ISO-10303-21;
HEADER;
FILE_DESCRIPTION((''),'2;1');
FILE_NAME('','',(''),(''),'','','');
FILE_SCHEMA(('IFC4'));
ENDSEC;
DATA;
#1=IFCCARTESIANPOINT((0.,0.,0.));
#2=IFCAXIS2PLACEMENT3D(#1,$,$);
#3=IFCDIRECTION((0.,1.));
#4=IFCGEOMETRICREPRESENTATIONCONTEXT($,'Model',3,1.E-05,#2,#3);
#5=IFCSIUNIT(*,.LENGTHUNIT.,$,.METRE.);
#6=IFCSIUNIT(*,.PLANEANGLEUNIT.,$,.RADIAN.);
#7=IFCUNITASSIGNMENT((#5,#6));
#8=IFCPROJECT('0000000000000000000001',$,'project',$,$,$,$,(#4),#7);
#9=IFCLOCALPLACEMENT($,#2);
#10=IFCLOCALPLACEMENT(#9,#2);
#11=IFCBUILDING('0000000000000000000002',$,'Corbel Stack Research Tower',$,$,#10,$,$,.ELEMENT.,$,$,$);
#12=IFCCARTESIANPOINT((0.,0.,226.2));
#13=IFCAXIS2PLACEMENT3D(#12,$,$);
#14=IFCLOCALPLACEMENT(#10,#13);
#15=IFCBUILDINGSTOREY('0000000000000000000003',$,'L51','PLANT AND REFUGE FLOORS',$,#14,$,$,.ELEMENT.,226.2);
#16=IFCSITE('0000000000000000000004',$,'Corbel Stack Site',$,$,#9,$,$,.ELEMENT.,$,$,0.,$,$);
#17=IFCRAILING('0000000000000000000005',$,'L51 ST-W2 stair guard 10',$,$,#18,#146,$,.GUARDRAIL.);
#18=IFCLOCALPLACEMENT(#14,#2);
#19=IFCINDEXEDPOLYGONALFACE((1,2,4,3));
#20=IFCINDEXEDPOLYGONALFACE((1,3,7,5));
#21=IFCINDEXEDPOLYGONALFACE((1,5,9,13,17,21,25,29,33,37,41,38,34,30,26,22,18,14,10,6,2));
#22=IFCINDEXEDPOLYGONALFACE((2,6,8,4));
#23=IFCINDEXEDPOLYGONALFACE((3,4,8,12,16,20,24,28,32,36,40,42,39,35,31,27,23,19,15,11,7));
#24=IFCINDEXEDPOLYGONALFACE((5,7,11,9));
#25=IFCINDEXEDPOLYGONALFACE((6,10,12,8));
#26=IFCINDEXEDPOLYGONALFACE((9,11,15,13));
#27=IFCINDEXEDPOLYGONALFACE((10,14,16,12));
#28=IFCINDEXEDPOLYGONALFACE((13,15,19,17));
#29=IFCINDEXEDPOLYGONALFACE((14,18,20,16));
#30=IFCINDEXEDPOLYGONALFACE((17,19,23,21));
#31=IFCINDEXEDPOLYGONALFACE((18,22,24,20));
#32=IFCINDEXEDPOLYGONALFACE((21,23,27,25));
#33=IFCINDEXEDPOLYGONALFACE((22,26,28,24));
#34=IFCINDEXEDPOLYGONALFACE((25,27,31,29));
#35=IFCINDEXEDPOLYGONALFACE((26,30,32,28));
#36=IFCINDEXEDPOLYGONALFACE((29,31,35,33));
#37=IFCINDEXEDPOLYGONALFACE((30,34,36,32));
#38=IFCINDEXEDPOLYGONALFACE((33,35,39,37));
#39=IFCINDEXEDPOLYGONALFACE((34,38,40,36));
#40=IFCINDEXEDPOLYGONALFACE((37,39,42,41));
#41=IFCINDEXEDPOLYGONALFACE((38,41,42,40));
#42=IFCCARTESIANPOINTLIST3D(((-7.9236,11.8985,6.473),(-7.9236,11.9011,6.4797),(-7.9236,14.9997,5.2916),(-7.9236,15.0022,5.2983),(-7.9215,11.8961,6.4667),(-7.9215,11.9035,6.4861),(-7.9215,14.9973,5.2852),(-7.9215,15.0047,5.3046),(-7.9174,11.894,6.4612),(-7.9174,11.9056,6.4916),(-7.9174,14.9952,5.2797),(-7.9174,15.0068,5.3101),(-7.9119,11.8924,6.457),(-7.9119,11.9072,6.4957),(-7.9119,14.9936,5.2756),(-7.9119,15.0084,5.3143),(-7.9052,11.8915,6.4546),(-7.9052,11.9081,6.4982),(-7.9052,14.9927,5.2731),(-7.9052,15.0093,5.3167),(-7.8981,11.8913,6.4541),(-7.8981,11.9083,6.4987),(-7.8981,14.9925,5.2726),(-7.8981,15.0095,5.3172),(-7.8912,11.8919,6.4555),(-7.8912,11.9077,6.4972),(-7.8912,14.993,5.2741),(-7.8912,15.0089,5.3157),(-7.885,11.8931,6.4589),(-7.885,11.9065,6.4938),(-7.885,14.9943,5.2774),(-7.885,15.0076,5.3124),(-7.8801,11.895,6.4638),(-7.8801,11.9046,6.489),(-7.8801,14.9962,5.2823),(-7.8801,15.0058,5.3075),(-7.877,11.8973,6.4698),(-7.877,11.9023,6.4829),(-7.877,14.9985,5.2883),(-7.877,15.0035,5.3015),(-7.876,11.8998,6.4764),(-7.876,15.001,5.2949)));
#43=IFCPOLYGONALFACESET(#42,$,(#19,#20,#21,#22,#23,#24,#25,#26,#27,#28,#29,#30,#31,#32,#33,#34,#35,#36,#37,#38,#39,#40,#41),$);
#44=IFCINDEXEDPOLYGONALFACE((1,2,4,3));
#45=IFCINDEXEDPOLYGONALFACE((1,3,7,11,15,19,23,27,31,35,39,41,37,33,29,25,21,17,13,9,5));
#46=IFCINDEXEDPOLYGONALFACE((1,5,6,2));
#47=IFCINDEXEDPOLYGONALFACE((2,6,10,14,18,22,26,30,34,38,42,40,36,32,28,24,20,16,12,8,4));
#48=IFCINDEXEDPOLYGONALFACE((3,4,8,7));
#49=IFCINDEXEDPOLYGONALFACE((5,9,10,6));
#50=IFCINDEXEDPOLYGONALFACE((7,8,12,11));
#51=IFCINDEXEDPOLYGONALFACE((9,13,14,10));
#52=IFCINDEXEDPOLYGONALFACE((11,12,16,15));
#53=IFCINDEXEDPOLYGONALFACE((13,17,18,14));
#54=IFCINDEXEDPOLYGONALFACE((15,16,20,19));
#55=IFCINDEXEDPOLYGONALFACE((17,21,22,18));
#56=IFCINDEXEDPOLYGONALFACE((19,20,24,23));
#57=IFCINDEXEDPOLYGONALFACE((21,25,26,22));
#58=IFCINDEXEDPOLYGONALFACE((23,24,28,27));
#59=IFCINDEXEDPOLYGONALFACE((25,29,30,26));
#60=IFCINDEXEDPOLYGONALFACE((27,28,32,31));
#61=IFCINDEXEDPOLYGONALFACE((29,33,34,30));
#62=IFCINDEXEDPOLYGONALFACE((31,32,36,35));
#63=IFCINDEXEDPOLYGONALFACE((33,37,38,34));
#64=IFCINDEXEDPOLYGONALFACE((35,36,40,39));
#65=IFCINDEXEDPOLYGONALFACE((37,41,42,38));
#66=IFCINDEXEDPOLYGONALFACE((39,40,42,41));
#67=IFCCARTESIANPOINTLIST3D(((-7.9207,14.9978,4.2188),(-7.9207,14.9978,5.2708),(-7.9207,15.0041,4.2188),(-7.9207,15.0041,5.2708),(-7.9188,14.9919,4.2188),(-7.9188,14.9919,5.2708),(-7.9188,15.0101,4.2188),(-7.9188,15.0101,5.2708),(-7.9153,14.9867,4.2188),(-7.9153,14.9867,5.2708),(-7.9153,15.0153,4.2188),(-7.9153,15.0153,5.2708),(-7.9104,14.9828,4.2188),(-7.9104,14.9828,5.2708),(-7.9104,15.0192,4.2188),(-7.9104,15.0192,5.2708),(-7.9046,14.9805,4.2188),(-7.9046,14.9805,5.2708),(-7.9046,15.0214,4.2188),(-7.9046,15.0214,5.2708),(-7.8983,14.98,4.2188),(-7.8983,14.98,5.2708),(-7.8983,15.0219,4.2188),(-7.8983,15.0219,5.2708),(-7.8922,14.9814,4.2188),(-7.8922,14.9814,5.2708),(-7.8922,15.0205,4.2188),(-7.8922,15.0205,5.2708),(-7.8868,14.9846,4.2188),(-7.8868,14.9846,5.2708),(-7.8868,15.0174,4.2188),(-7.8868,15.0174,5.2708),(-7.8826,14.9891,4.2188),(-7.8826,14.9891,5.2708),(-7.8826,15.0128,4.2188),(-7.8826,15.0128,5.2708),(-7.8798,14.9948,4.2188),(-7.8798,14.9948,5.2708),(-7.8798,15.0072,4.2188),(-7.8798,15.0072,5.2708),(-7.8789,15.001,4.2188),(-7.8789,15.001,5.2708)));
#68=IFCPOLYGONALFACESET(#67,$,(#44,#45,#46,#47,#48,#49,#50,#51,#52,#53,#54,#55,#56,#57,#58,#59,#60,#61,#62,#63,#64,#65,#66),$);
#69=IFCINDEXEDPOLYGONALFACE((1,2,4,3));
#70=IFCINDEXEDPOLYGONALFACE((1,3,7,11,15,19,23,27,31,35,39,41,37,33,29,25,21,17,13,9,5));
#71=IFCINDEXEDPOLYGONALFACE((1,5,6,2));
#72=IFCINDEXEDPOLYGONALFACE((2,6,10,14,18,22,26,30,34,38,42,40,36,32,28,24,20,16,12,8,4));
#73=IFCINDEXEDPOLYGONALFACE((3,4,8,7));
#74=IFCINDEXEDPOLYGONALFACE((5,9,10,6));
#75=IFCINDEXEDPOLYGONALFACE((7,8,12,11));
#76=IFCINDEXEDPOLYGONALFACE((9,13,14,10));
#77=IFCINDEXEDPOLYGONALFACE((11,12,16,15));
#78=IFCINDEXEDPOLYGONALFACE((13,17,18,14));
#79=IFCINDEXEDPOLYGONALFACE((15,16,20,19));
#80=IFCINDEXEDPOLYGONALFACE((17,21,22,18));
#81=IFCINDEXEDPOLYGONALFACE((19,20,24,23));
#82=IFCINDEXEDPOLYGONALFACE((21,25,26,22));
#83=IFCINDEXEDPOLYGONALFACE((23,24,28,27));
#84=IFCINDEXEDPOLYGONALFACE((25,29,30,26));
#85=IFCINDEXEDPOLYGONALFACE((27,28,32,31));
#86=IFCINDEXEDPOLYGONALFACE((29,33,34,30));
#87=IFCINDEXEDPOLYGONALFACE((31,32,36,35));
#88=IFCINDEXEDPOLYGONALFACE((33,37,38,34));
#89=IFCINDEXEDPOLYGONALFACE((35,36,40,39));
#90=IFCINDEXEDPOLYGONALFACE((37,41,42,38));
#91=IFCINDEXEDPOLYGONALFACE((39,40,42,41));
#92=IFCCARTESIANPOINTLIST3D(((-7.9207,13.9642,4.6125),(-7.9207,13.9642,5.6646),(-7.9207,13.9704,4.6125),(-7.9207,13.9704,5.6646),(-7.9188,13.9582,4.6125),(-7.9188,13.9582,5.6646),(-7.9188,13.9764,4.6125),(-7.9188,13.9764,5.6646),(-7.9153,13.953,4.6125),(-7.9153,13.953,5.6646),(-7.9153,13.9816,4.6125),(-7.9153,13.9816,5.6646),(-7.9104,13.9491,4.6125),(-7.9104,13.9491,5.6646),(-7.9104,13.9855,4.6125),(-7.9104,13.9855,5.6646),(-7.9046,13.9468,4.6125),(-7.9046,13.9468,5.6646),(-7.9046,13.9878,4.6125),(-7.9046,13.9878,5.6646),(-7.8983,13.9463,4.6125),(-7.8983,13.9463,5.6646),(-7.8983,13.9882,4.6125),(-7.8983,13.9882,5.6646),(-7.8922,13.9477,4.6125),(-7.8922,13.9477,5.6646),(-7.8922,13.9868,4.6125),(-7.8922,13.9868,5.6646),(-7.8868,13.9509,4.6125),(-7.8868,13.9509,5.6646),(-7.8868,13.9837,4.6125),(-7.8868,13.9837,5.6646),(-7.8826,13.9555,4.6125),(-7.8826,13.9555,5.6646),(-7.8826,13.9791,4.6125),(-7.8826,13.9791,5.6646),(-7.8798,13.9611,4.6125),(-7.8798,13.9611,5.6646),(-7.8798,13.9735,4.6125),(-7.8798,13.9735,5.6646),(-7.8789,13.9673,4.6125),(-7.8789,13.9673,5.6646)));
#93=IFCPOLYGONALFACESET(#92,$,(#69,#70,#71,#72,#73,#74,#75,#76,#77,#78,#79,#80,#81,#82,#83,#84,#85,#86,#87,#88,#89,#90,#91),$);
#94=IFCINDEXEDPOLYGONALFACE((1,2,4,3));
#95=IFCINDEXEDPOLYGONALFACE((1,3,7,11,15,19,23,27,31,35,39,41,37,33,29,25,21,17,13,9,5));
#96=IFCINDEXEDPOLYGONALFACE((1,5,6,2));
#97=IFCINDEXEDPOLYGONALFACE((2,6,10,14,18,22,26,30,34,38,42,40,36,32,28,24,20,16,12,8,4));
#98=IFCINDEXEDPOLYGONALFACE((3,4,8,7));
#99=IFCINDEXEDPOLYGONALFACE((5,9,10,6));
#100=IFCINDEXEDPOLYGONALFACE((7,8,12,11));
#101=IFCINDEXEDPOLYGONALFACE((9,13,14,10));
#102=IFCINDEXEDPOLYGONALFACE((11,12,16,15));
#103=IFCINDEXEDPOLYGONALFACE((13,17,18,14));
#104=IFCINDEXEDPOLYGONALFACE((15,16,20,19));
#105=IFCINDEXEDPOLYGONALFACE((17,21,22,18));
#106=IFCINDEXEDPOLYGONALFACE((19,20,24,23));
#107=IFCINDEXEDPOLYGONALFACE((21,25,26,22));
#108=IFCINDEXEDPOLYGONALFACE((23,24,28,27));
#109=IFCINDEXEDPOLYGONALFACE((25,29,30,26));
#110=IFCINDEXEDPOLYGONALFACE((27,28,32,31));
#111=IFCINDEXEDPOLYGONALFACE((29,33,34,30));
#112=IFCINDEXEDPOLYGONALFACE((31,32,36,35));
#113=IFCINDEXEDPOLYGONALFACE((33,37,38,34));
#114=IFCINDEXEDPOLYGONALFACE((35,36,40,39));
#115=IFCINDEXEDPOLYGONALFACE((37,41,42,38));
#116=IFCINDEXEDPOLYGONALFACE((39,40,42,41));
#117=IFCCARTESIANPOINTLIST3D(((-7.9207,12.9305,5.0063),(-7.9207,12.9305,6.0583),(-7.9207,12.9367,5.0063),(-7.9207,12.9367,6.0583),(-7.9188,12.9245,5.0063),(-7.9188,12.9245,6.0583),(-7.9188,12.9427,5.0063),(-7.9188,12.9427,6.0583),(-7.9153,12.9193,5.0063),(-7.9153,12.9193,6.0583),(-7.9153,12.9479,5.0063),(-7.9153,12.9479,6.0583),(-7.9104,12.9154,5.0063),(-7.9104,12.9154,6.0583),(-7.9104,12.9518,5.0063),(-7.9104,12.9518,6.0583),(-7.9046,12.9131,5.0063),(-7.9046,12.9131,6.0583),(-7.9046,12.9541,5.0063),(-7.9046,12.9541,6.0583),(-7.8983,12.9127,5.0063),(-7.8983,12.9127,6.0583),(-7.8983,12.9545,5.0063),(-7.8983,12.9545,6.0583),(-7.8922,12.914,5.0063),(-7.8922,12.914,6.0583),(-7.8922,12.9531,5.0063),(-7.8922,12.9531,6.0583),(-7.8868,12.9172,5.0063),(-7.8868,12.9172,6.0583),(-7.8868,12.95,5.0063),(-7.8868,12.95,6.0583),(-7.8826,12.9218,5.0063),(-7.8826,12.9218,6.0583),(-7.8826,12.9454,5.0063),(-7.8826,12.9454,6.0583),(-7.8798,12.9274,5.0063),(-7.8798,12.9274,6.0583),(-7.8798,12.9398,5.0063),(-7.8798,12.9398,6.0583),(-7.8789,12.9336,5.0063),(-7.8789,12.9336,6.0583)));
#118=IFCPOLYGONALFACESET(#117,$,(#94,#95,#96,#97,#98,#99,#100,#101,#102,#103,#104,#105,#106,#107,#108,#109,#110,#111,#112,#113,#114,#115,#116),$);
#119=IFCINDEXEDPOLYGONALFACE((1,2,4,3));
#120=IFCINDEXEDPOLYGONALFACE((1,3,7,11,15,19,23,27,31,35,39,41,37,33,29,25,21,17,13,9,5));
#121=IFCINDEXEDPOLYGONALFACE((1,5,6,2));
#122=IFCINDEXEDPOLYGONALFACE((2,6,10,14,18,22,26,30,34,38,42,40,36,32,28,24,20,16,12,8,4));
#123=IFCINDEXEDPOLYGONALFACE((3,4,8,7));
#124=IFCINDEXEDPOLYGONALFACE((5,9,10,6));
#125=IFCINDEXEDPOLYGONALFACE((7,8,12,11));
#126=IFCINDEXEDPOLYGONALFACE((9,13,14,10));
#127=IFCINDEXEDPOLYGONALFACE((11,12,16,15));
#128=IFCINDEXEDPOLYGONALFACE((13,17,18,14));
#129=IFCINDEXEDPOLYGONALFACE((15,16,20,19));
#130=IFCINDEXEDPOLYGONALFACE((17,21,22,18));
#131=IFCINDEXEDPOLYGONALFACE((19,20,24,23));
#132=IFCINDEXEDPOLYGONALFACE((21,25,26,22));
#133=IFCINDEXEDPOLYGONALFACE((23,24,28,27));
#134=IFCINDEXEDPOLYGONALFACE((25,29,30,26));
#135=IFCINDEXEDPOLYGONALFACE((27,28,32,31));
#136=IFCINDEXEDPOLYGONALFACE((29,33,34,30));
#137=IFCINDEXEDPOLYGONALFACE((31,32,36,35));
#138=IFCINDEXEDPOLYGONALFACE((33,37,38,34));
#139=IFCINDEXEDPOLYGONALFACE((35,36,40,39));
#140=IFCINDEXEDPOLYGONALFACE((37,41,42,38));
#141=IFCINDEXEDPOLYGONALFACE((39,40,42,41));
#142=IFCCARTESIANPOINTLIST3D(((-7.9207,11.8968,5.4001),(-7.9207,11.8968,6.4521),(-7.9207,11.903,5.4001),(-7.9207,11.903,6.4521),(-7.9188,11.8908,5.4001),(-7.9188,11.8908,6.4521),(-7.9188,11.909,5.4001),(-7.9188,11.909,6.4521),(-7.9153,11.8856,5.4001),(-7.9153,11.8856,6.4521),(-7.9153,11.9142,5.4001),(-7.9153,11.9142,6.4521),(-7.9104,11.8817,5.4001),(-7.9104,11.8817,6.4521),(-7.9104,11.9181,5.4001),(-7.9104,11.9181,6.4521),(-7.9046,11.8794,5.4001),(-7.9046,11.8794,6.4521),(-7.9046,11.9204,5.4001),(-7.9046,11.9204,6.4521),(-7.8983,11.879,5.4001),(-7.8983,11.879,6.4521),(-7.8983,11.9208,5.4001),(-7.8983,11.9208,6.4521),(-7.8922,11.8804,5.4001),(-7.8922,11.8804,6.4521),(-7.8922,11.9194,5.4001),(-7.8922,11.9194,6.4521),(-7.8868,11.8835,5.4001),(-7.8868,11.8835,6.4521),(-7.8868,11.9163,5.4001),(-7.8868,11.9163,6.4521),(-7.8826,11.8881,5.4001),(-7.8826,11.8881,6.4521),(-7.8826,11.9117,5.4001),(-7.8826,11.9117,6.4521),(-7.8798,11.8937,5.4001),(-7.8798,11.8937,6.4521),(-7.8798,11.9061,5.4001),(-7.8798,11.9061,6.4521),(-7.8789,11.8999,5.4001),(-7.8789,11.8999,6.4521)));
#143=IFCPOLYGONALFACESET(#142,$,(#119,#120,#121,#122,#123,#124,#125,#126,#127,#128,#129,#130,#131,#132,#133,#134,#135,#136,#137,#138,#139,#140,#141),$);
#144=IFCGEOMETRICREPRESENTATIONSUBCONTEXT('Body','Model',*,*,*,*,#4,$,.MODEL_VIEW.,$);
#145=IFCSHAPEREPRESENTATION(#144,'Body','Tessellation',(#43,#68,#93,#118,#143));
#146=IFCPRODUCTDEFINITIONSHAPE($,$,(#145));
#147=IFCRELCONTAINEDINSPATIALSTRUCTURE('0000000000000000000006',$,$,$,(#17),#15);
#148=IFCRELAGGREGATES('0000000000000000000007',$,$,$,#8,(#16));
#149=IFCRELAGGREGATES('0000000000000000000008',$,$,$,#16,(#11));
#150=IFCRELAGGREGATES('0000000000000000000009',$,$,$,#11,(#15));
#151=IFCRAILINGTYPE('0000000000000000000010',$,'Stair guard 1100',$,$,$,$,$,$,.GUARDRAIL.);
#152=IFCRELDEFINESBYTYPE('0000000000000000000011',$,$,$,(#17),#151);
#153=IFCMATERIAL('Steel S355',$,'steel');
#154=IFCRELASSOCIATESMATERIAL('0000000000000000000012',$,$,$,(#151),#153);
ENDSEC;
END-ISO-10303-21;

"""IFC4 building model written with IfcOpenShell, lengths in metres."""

from ifc_helpers import new_model, si_unit, direction, frame, origin, origin_2d, place, context, subcontext, project, spatial, circle, extrude, material, type_object, element, save


model = new_model("IFC4")

# Units and contexts
model_context = context("Model", 3, precision=1e-05, world=origin(), true_north=direction((0.0, 1.0)))
body_context = subcontext(model_context, "Body", "Model", "MODEL_VIEW")
ifc_project = project(units=[si_unit("LENGTHUNIT", "METRE"), si_unit("PLANEANGLEUNIT", "RADIAN")], contexts=[model_context])

# Site, building, storey
site_placement = place(None, origin())
site = spatial("IfcSite", under=ifc_project, at=site_placement, Name="Corbel Stack Site", CompositionType="ELEMENT", RefElevation=0.0)
building_placement = place(site_placement, origin())
building = spatial("IfcBuilding", under=site, at=building_placement, Name="Corbel Stack Research Tower", CompositionType="ELEMENT")
storey_placement = place(building_placement, frame((0.0, 0.0, 226.2)))
storey = spatial("IfcBuildingStorey", under=building, at=storey_placement, Name="L51", Description="PLANT AND REFUGE FLOORS", CompositionType="ELEMENT", Elevation=226.2)

# Railing
ifc_material_1 = material(Name="Steel S355", Category="steel")
railing_type_1 = type_object("IfcRailingType", Name="Stair guard 1100", PredefinedType="GUARDRAIL", material=ifc_material_1)
railing_1_placement = place(storey_placement, frame((-7.8999, 15.001, 4.2188)))
element("IfcRailing", 1, at=railing_1_placement, inside=storey, type_object=railing_type_1, Name="L51 ST-W2 stair guard 10", PredefinedType="GUARDRAIL", context=body_context, shape_type="SweptSolid", body=[
    extrude(circle(Radius=0.0239, at=origin_2d()), frame((0.0, 0.0, 1.0762), z_axis=(0.0, -0.934484, 0.356005), x_axis=(1.0, 0.0, 0.0)), (0.0, 0.0, 1.0), 3.3186),
    extrude(circle(Radius=0.021, at=origin_2d()), origin(), (0.0, 0.0, 1.0), 1.052),
    extrude(circle(Radius=0.021, at=origin_2d()), frame((0.0, -1.0337, 0.3938)), (0.0, 0.0, 1.0), 1.052),
    extrude(circle(Radius=0.021, at=origin_2d()), frame((0.0, -2.0674, 0.7876)), (0.0, 0.0, 1.0), 1.052),
    extrude(circle(Radius=0.021, at=origin_2d()), frame((0.0, -3.1011, 1.1814)), (0.0, 0.0, 1.0), 1.052),
])

save(model, "model.ifc")
